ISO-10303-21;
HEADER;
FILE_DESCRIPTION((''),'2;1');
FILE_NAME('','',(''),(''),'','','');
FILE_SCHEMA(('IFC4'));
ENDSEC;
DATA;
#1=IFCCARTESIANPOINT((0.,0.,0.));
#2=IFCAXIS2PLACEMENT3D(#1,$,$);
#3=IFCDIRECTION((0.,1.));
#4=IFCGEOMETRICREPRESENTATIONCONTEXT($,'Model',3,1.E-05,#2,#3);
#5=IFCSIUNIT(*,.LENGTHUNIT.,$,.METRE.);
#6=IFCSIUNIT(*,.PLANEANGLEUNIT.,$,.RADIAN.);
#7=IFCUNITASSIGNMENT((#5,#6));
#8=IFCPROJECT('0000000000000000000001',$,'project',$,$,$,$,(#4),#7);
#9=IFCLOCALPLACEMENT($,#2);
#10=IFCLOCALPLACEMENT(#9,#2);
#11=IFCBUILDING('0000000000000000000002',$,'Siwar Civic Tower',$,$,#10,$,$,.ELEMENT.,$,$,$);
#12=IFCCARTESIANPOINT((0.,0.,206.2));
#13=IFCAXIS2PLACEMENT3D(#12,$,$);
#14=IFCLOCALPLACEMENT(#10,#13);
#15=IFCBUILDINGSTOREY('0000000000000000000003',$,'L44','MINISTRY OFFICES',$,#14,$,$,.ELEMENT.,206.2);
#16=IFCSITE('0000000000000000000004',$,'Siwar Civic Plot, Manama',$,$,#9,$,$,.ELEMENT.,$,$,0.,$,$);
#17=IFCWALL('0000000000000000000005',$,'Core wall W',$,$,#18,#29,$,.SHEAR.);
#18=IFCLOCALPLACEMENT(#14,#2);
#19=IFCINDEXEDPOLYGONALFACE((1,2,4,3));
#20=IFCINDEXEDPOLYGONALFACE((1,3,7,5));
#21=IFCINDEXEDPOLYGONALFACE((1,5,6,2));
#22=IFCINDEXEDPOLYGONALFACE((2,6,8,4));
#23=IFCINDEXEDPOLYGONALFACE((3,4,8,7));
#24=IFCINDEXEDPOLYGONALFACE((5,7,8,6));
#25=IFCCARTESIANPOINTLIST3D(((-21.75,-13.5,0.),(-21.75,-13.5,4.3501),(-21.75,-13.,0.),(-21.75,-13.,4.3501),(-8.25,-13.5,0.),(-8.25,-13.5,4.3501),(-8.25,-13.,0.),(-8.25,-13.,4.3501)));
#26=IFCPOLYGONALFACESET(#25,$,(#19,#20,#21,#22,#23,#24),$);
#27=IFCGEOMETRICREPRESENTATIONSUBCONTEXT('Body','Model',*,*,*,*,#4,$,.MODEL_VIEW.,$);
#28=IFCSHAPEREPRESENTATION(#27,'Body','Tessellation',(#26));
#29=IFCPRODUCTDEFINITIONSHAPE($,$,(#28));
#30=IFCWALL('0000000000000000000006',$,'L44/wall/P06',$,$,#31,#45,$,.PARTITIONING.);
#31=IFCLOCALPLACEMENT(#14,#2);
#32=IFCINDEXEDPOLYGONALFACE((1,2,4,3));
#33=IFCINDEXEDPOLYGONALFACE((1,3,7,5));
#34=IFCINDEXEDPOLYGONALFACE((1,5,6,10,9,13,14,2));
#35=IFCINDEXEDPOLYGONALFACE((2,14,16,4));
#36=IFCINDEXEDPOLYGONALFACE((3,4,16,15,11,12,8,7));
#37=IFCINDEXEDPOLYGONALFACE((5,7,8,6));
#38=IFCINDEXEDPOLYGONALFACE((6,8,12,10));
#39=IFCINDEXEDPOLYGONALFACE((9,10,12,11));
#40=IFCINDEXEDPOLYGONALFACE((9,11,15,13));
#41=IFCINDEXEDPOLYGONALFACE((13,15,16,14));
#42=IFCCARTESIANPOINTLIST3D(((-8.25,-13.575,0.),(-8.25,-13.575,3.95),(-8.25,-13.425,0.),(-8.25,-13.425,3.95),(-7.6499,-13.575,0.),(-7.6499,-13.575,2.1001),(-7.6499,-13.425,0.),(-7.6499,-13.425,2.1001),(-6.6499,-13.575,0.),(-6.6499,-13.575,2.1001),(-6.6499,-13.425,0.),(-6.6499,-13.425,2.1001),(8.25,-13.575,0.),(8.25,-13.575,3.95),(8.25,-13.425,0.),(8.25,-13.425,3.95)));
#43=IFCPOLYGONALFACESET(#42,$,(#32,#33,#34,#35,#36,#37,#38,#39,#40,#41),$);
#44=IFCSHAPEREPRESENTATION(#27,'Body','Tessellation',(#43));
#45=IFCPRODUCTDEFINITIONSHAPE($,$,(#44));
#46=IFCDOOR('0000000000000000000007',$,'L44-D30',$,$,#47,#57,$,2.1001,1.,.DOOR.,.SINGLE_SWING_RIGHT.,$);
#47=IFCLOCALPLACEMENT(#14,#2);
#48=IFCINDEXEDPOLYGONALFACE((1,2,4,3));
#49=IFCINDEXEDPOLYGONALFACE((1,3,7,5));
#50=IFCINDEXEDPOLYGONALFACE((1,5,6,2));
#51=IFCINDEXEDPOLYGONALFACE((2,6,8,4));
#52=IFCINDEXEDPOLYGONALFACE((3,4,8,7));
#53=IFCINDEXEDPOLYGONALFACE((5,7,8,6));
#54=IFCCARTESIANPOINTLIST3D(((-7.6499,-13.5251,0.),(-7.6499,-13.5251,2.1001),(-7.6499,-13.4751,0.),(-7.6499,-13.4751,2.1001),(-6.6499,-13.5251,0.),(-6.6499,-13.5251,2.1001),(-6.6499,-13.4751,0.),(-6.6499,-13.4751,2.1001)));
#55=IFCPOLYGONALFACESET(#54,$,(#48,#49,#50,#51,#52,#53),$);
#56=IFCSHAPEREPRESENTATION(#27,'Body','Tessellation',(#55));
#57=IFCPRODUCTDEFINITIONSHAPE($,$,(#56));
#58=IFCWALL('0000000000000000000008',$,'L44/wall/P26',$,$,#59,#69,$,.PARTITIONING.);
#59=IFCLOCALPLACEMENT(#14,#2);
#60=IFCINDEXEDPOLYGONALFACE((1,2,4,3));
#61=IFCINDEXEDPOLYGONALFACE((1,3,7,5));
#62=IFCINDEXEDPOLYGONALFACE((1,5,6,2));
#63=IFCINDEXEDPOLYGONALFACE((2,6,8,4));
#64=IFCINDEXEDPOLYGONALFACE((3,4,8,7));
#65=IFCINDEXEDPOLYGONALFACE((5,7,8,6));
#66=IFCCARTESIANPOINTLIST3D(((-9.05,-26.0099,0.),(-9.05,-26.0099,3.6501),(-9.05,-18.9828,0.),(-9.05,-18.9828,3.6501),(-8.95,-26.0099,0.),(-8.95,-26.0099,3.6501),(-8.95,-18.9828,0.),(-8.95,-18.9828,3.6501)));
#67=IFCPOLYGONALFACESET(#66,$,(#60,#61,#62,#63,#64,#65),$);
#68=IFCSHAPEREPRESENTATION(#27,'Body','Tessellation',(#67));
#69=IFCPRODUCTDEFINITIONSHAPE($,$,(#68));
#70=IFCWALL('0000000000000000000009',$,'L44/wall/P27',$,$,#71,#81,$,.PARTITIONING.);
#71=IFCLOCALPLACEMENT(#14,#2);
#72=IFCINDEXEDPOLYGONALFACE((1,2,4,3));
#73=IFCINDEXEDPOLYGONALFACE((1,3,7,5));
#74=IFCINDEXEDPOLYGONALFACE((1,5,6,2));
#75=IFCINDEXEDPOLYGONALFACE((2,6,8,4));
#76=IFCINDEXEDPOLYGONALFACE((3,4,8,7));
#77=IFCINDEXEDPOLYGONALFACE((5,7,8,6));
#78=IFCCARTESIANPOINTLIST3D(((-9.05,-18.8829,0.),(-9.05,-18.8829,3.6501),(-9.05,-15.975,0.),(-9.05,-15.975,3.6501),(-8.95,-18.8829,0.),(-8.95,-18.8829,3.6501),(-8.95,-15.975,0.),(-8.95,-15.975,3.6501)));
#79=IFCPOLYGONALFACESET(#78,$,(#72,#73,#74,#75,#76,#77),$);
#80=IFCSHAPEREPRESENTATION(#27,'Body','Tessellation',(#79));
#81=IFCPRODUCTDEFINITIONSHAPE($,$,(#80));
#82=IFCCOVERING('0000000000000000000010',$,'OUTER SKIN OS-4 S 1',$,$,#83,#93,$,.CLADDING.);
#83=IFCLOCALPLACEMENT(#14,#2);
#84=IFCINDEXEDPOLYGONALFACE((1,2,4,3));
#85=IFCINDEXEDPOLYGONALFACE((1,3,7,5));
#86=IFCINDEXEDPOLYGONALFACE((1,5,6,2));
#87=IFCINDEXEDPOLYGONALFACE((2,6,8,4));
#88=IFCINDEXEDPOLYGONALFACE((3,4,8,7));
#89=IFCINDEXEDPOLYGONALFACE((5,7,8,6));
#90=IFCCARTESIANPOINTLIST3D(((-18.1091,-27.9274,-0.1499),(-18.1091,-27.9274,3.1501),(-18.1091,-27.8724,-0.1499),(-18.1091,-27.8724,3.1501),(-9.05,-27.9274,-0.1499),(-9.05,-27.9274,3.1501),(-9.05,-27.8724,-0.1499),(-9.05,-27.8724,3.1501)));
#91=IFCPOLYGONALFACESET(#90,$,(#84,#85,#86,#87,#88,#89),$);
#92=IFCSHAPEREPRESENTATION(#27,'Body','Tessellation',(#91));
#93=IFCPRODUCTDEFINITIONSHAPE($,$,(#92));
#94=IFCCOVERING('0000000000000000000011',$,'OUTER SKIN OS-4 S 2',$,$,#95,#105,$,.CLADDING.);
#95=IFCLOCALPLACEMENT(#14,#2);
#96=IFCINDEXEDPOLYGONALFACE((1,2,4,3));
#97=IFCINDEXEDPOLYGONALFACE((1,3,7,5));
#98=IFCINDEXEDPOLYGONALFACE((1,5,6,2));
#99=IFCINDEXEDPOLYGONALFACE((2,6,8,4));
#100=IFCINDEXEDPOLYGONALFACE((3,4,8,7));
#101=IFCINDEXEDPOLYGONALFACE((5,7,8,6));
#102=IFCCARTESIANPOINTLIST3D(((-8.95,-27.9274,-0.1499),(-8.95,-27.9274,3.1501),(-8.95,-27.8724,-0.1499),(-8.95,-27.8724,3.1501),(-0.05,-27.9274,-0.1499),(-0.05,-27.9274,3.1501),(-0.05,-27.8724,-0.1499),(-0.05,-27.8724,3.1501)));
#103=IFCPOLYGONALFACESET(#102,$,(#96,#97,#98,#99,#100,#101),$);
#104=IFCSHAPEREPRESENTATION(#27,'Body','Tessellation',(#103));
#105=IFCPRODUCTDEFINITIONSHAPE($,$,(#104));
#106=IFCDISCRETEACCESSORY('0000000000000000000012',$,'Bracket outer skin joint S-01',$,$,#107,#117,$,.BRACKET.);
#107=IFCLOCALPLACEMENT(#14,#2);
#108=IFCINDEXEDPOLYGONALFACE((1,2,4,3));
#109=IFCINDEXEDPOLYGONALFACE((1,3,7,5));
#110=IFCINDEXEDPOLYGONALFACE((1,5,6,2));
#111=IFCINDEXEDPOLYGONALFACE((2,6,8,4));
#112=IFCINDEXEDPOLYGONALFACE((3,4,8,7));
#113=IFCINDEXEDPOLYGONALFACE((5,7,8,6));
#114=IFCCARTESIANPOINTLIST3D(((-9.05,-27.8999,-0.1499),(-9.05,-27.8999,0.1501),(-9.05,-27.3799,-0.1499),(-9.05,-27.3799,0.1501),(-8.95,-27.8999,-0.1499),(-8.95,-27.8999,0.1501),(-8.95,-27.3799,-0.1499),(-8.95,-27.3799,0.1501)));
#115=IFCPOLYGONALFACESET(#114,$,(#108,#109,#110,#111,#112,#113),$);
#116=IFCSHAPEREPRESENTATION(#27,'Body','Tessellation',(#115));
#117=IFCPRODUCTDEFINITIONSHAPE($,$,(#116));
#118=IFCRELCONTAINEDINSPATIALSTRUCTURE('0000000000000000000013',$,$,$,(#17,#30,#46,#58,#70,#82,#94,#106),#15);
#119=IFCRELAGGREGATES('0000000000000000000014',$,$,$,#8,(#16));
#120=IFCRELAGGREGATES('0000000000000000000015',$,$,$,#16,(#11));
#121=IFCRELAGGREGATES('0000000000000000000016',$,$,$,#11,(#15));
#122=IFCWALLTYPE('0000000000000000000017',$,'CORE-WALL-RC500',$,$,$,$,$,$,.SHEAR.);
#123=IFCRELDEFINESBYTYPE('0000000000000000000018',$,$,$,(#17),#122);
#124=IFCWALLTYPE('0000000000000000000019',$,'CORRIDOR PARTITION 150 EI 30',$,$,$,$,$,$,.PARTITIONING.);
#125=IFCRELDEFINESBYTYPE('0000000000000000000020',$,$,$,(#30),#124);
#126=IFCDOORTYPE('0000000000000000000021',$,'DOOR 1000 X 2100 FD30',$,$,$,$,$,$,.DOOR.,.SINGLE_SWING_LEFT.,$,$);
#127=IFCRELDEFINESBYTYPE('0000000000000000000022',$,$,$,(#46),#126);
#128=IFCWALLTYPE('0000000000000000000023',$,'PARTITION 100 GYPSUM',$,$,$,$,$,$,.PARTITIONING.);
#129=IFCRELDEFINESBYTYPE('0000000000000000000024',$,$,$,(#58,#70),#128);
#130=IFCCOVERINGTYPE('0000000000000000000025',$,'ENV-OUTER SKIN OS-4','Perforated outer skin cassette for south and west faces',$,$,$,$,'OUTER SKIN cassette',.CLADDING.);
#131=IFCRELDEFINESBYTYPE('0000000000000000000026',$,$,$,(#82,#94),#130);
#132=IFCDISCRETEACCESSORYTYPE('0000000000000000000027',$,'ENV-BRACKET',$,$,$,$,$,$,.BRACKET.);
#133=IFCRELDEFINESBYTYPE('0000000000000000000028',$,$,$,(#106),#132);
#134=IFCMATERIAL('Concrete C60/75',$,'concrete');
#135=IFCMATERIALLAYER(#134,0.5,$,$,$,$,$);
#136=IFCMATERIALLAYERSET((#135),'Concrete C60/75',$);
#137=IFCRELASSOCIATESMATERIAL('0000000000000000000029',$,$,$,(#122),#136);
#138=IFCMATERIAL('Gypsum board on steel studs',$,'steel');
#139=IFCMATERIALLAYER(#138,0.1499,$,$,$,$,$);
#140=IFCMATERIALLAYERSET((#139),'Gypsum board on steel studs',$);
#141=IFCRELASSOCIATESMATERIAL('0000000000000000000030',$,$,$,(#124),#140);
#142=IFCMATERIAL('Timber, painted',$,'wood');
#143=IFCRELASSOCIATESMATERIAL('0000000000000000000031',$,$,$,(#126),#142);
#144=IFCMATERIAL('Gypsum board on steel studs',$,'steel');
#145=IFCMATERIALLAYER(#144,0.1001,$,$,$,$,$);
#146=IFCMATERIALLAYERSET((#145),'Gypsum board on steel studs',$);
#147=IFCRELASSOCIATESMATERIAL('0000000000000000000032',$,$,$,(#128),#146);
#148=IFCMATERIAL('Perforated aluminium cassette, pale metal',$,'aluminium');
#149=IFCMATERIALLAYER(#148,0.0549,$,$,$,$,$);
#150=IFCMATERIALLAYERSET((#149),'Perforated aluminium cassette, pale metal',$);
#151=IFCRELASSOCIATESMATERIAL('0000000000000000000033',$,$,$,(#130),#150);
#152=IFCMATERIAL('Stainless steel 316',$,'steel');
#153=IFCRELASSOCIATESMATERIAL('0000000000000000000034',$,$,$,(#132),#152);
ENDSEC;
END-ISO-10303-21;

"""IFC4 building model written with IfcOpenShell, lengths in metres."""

from ifc_helpers import new_model, si_unit, direction, frame, frame_2d, origin, origin_2d, place, context, subcontext, project, spatial, rectangle, extrude, material, layer, layer_set, type_object, element, fill, save


model = new_model("IFC4")

# Units and contexts
model_context = context("Model", 3, precision=1e-05, world=origin(), true_north=direction((0.0, 1.0)))
body_context = subcontext(model_context, "Body", "Model", "MODEL_VIEW")
ifc_project = project(units=[si_unit("LENGTHUNIT", "METRE"), si_unit("PLANEANGLEUNIT", "RADIAN")], contexts=[model_context])

# Site, building, storey
site_placement = place(None, origin())
site = spatial("IfcSite", under=ifc_project, at=site_placement, Name="Siwar Civic Plot, Manama", CompositionType="ELEMENT", RefElevation=0.0)
building_placement = place(site_placement, origin())
building = spatial("IfcBuilding", under=site, at=building_placement, Name="Siwar Civic Tower", CompositionType="ELEMENT")
storey_placement = place(building_placement, frame((0.0, 0.0, 206.2)))
storey = spatial("IfcBuildingStorey", under=building, at=storey_placement, Name="L44", Description="MINISTRY OFFICES", CompositionType="ELEMENT", Elevation=206.2)

# Wall
ifc_material_1 = material(Name="Concrete C60/75", Category="concrete")
ifc_layer_1 = layer(ifc_material_1, 0.5)
ifc_layer_set_1 = layer_set([ifc_layer_1], Name="Concrete C60/75")
wall_type_1 = type_object("IfcWallType", Name="CORE-WALL-RC500", PredefinedType="SHEAR", material=ifc_layer_set_1)
wall_1_placement = place(storey_placement, frame((-8.25, -13.25, 0.0), z_axis=(0.0, 0.0, 1.0), x_axis=(-1.0, 0.0, 0.0)))
element("IfcWall", 1, at=wall_1_placement, inside=storey, type_object=wall_type_1, Name="Core wall W", PredefinedType="SHEAR", context=body_context, shape_type="SweptSolid", body=[
    extrude(rectangle(XDim=13.5, YDim=0.5, at=frame_2d((6.75, 0.0))), origin(), (0.0, 0.0, 1.0), 4.3501),
])

# Wall, opening, door
ifc_material_2 = material(Name="Gypsum board on steel studs", Category="steel")
ifc_layer_2 = layer(ifc_material_2, 0.1499)
ifc_layer_set_2 = layer_set([ifc_layer_2], Name="Gypsum board on steel studs")
wall_type_2 = type_object("IfcWallType", Name="CORRIDOR PARTITION 150 EI 30", PredefinedType="PARTITIONING", material=ifc_layer_set_2)
wall_2_placement = place(storey_placement, frame((-8.25, -13.5, 0.0), z_axis=(0.0, 0.0, 1.0), x_axis=(1.0, 0.0, 0.0)))
wall_2 = element("IfcWall", 2, at=wall_2_placement, inside=storey, type_object=wall_type_2, Name="L44/wall/P06", PredefinedType="PARTITIONING", context=body_context, shape_type="SweptSolid", body=[
    extrude(rectangle(XDim=16.5, YDim=0.1499, at=frame_2d((8.25, 0.0))), origin(), (0.0, 0.0, 1.0), 3.95),
])
opening_placement = place(wall_2_placement, frame((0.6001, 0.0, 0.0)))
opening = element("IfcOpeningElement", 3, at=opening_placement, cuts=wall_2, PredefinedType="OPENING", context=body_context, shape_type="SweptSolid", body=[
    extrude(rectangle(XDim=1.0, YDim=2.1001, at=frame_2d((0.5, 1.05))), frame((0.0, 0.085, 0.0), z_axis=(0.0, -1.0, 0.0), x_axis=(1.0, 0.0, 0.0)), (0.0, 0.0, 1.0), 0.1699),
])
ifc_material_3 = material(Name="Timber, painted", Category="wood")
door_type = type_object("IfcDoorType", Name="DOOR 1000 X 2100 FD30", OperationType="SINGLE_SWING_LEFT", PredefinedType="DOOR", material=ifc_material_3)
door_placement = place(opening_placement, origin())
door = element("IfcDoor", 4, at=door_placement, inside=storey, type_object=door_type, Name="L44-D30", OperationType="SINGLE_SWING_RIGHT", OverallHeight=2.1001, OverallWidth=1.0, PredefinedType="DOOR", context=body_context, shape_type="SweptSolid", body=[
    extrude(rectangle(XDim=1.0, YDim=2.1001, at=frame_2d((0.5, 1.05))), frame((0.0, 0.0249, 0.0), z_axis=(0.0, -1.0, 0.0), x_axis=(1.0, 0.0, 0.0)), (0.0, 0.0, 1.0), 0.05),
])
fill(opening, door)

# Walls
ifc_material_4 = material(Name="Gypsum board on steel studs", Category="steel")
ifc_layer_3 = layer(ifc_material_4, 0.1001)
ifc_layer_set_3 = layer_set([ifc_layer_3], Name="Gypsum board on steel studs")
wall_type_3 = type_object("IfcWallType", Name="PARTITION 100 GYPSUM", PredefinedType="PARTITIONING", material=ifc_layer_set_3)
wall_3_placement = place(storey_placement, frame((-9.0, -26.01, 0.0), z_axis=(0.0, 0.0, 1.0), x_axis=(0.0, 1.0, 0.0)))
element("IfcWall", 5, at=wall_3_placement, inside=storey, type_object=wall_type_3, Name="L44/wall/P26", PredefinedType="PARTITIONING", context=body_context, shape_type="SweptSolid", body=[
    extrude(rectangle(XDim=7.0271, YDim=0.1001, at=frame_2d((3.5137, 0.0))), origin(), (0.0, 0.0, 1.0), 3.6501),
])
wall_4_placement = place(storey_placement, frame((-9.0, -18.8831, 0.0), z_axis=(0.0, 0.0, 1.0), x_axis=(0.0, 1.0, 0.0)))
element("IfcWall", 6, at=wall_4_placement, inside=storey, type_object=wall_type_3, Name="L44/wall/P27", PredefinedType="PARTITIONING", context=body_context, shape_type="SweptSolid", body=[
    extrude(rectangle(XDim=2.908, YDim=0.1001, at=frame_2d((1.4541, 0.0))), origin(), (0.0, 0.0, 1.0), 3.6501),
])

# Coverings
ifc_material_5 = material(Name="Perforated aluminium cassette, pale metal", Category="aluminium")
ifc_layer_4 = layer(ifc_material_5, 0.0549)
ifc_layer_set_4 = layer_set([ifc_layer_4], Name="Perforated aluminium cassette, pale metal")
covering_type = type_object("IfcCoveringType", Name="ENV-OUTER SKIN OS-4", Description="Perforated outer skin cassette for south and west faces", ElementType="OUTER SKIN cassette", PredefinedType="CLADDING", material=ifc_layer_set_4)
covering_1_placement = place(storey_placement, frame((-13.5796, -27.8999, -0.1499), z_axis=(0.0, 0.0, 1.0), x_axis=(1.0, 0.0, 0.0)))
element("IfcCovering", 7, at=covering_1_placement, inside=storey, type_object=covering_type, Name="OUTER SKIN OS-4 S 1", PredefinedType="CLADDING", context=body_context, shape_type="SweptSolid", body=[
    extrude(rectangle(XDim=9.0591, YDim=0.0549, at=origin_2d()), origin(), (0.0, 0.0, 1.0), 3.3),
])
covering_2_placement = place(storey_placement, frame((-4.5, -27.8999, -0.1499), z_axis=(0.0, 0.0, 1.0), x_axis=(1.0, 0.0, 0.0)))
element("IfcCovering", 8, at=covering_2_placement, inside=storey, type_object=covering_type, Name="OUTER SKIN OS-4 S 2", PredefinedType="CLADDING", context=body_context, shape_type="SweptSolid", body=[
    extrude(rectangle(XDim=8.8999, YDim=0.0549, at=origin_2d()), origin(), (0.0, 0.0, 1.0), 3.3),
])

# Discrete accessory
ifc_material_6 = material(Name="Stainless steel 316", Category="steel")
discrete_accessory_type = type_object("IfcDiscreteAccessoryType", Name="ENV-BRACKET", PredefinedType="BRACKET", material=ifc_material_6)
discrete_accessory_placement = place(storey_placement, frame((-9.0, -27.6399, -0.1499), z_axis=(0.0, 0.0, 1.0), x_axis=(0.0, -1.0, 0.0)))
element("IfcDiscreteAccessory", 9, at=discrete_accessory_placement, inside=storey, type_object=discrete_accessory_type, Name="Bracket outer skin joint S-01", PredefinedType="BRACKET", context=body_context, shape_type="SweptSolid", body=[
    extrude(rectangle(XDim=0.52, YDim=0.1001, at=origin_2d()), origin(), (0.0, 0.0, 1.0), 0.3),
])

save(model, "model.ifc")
